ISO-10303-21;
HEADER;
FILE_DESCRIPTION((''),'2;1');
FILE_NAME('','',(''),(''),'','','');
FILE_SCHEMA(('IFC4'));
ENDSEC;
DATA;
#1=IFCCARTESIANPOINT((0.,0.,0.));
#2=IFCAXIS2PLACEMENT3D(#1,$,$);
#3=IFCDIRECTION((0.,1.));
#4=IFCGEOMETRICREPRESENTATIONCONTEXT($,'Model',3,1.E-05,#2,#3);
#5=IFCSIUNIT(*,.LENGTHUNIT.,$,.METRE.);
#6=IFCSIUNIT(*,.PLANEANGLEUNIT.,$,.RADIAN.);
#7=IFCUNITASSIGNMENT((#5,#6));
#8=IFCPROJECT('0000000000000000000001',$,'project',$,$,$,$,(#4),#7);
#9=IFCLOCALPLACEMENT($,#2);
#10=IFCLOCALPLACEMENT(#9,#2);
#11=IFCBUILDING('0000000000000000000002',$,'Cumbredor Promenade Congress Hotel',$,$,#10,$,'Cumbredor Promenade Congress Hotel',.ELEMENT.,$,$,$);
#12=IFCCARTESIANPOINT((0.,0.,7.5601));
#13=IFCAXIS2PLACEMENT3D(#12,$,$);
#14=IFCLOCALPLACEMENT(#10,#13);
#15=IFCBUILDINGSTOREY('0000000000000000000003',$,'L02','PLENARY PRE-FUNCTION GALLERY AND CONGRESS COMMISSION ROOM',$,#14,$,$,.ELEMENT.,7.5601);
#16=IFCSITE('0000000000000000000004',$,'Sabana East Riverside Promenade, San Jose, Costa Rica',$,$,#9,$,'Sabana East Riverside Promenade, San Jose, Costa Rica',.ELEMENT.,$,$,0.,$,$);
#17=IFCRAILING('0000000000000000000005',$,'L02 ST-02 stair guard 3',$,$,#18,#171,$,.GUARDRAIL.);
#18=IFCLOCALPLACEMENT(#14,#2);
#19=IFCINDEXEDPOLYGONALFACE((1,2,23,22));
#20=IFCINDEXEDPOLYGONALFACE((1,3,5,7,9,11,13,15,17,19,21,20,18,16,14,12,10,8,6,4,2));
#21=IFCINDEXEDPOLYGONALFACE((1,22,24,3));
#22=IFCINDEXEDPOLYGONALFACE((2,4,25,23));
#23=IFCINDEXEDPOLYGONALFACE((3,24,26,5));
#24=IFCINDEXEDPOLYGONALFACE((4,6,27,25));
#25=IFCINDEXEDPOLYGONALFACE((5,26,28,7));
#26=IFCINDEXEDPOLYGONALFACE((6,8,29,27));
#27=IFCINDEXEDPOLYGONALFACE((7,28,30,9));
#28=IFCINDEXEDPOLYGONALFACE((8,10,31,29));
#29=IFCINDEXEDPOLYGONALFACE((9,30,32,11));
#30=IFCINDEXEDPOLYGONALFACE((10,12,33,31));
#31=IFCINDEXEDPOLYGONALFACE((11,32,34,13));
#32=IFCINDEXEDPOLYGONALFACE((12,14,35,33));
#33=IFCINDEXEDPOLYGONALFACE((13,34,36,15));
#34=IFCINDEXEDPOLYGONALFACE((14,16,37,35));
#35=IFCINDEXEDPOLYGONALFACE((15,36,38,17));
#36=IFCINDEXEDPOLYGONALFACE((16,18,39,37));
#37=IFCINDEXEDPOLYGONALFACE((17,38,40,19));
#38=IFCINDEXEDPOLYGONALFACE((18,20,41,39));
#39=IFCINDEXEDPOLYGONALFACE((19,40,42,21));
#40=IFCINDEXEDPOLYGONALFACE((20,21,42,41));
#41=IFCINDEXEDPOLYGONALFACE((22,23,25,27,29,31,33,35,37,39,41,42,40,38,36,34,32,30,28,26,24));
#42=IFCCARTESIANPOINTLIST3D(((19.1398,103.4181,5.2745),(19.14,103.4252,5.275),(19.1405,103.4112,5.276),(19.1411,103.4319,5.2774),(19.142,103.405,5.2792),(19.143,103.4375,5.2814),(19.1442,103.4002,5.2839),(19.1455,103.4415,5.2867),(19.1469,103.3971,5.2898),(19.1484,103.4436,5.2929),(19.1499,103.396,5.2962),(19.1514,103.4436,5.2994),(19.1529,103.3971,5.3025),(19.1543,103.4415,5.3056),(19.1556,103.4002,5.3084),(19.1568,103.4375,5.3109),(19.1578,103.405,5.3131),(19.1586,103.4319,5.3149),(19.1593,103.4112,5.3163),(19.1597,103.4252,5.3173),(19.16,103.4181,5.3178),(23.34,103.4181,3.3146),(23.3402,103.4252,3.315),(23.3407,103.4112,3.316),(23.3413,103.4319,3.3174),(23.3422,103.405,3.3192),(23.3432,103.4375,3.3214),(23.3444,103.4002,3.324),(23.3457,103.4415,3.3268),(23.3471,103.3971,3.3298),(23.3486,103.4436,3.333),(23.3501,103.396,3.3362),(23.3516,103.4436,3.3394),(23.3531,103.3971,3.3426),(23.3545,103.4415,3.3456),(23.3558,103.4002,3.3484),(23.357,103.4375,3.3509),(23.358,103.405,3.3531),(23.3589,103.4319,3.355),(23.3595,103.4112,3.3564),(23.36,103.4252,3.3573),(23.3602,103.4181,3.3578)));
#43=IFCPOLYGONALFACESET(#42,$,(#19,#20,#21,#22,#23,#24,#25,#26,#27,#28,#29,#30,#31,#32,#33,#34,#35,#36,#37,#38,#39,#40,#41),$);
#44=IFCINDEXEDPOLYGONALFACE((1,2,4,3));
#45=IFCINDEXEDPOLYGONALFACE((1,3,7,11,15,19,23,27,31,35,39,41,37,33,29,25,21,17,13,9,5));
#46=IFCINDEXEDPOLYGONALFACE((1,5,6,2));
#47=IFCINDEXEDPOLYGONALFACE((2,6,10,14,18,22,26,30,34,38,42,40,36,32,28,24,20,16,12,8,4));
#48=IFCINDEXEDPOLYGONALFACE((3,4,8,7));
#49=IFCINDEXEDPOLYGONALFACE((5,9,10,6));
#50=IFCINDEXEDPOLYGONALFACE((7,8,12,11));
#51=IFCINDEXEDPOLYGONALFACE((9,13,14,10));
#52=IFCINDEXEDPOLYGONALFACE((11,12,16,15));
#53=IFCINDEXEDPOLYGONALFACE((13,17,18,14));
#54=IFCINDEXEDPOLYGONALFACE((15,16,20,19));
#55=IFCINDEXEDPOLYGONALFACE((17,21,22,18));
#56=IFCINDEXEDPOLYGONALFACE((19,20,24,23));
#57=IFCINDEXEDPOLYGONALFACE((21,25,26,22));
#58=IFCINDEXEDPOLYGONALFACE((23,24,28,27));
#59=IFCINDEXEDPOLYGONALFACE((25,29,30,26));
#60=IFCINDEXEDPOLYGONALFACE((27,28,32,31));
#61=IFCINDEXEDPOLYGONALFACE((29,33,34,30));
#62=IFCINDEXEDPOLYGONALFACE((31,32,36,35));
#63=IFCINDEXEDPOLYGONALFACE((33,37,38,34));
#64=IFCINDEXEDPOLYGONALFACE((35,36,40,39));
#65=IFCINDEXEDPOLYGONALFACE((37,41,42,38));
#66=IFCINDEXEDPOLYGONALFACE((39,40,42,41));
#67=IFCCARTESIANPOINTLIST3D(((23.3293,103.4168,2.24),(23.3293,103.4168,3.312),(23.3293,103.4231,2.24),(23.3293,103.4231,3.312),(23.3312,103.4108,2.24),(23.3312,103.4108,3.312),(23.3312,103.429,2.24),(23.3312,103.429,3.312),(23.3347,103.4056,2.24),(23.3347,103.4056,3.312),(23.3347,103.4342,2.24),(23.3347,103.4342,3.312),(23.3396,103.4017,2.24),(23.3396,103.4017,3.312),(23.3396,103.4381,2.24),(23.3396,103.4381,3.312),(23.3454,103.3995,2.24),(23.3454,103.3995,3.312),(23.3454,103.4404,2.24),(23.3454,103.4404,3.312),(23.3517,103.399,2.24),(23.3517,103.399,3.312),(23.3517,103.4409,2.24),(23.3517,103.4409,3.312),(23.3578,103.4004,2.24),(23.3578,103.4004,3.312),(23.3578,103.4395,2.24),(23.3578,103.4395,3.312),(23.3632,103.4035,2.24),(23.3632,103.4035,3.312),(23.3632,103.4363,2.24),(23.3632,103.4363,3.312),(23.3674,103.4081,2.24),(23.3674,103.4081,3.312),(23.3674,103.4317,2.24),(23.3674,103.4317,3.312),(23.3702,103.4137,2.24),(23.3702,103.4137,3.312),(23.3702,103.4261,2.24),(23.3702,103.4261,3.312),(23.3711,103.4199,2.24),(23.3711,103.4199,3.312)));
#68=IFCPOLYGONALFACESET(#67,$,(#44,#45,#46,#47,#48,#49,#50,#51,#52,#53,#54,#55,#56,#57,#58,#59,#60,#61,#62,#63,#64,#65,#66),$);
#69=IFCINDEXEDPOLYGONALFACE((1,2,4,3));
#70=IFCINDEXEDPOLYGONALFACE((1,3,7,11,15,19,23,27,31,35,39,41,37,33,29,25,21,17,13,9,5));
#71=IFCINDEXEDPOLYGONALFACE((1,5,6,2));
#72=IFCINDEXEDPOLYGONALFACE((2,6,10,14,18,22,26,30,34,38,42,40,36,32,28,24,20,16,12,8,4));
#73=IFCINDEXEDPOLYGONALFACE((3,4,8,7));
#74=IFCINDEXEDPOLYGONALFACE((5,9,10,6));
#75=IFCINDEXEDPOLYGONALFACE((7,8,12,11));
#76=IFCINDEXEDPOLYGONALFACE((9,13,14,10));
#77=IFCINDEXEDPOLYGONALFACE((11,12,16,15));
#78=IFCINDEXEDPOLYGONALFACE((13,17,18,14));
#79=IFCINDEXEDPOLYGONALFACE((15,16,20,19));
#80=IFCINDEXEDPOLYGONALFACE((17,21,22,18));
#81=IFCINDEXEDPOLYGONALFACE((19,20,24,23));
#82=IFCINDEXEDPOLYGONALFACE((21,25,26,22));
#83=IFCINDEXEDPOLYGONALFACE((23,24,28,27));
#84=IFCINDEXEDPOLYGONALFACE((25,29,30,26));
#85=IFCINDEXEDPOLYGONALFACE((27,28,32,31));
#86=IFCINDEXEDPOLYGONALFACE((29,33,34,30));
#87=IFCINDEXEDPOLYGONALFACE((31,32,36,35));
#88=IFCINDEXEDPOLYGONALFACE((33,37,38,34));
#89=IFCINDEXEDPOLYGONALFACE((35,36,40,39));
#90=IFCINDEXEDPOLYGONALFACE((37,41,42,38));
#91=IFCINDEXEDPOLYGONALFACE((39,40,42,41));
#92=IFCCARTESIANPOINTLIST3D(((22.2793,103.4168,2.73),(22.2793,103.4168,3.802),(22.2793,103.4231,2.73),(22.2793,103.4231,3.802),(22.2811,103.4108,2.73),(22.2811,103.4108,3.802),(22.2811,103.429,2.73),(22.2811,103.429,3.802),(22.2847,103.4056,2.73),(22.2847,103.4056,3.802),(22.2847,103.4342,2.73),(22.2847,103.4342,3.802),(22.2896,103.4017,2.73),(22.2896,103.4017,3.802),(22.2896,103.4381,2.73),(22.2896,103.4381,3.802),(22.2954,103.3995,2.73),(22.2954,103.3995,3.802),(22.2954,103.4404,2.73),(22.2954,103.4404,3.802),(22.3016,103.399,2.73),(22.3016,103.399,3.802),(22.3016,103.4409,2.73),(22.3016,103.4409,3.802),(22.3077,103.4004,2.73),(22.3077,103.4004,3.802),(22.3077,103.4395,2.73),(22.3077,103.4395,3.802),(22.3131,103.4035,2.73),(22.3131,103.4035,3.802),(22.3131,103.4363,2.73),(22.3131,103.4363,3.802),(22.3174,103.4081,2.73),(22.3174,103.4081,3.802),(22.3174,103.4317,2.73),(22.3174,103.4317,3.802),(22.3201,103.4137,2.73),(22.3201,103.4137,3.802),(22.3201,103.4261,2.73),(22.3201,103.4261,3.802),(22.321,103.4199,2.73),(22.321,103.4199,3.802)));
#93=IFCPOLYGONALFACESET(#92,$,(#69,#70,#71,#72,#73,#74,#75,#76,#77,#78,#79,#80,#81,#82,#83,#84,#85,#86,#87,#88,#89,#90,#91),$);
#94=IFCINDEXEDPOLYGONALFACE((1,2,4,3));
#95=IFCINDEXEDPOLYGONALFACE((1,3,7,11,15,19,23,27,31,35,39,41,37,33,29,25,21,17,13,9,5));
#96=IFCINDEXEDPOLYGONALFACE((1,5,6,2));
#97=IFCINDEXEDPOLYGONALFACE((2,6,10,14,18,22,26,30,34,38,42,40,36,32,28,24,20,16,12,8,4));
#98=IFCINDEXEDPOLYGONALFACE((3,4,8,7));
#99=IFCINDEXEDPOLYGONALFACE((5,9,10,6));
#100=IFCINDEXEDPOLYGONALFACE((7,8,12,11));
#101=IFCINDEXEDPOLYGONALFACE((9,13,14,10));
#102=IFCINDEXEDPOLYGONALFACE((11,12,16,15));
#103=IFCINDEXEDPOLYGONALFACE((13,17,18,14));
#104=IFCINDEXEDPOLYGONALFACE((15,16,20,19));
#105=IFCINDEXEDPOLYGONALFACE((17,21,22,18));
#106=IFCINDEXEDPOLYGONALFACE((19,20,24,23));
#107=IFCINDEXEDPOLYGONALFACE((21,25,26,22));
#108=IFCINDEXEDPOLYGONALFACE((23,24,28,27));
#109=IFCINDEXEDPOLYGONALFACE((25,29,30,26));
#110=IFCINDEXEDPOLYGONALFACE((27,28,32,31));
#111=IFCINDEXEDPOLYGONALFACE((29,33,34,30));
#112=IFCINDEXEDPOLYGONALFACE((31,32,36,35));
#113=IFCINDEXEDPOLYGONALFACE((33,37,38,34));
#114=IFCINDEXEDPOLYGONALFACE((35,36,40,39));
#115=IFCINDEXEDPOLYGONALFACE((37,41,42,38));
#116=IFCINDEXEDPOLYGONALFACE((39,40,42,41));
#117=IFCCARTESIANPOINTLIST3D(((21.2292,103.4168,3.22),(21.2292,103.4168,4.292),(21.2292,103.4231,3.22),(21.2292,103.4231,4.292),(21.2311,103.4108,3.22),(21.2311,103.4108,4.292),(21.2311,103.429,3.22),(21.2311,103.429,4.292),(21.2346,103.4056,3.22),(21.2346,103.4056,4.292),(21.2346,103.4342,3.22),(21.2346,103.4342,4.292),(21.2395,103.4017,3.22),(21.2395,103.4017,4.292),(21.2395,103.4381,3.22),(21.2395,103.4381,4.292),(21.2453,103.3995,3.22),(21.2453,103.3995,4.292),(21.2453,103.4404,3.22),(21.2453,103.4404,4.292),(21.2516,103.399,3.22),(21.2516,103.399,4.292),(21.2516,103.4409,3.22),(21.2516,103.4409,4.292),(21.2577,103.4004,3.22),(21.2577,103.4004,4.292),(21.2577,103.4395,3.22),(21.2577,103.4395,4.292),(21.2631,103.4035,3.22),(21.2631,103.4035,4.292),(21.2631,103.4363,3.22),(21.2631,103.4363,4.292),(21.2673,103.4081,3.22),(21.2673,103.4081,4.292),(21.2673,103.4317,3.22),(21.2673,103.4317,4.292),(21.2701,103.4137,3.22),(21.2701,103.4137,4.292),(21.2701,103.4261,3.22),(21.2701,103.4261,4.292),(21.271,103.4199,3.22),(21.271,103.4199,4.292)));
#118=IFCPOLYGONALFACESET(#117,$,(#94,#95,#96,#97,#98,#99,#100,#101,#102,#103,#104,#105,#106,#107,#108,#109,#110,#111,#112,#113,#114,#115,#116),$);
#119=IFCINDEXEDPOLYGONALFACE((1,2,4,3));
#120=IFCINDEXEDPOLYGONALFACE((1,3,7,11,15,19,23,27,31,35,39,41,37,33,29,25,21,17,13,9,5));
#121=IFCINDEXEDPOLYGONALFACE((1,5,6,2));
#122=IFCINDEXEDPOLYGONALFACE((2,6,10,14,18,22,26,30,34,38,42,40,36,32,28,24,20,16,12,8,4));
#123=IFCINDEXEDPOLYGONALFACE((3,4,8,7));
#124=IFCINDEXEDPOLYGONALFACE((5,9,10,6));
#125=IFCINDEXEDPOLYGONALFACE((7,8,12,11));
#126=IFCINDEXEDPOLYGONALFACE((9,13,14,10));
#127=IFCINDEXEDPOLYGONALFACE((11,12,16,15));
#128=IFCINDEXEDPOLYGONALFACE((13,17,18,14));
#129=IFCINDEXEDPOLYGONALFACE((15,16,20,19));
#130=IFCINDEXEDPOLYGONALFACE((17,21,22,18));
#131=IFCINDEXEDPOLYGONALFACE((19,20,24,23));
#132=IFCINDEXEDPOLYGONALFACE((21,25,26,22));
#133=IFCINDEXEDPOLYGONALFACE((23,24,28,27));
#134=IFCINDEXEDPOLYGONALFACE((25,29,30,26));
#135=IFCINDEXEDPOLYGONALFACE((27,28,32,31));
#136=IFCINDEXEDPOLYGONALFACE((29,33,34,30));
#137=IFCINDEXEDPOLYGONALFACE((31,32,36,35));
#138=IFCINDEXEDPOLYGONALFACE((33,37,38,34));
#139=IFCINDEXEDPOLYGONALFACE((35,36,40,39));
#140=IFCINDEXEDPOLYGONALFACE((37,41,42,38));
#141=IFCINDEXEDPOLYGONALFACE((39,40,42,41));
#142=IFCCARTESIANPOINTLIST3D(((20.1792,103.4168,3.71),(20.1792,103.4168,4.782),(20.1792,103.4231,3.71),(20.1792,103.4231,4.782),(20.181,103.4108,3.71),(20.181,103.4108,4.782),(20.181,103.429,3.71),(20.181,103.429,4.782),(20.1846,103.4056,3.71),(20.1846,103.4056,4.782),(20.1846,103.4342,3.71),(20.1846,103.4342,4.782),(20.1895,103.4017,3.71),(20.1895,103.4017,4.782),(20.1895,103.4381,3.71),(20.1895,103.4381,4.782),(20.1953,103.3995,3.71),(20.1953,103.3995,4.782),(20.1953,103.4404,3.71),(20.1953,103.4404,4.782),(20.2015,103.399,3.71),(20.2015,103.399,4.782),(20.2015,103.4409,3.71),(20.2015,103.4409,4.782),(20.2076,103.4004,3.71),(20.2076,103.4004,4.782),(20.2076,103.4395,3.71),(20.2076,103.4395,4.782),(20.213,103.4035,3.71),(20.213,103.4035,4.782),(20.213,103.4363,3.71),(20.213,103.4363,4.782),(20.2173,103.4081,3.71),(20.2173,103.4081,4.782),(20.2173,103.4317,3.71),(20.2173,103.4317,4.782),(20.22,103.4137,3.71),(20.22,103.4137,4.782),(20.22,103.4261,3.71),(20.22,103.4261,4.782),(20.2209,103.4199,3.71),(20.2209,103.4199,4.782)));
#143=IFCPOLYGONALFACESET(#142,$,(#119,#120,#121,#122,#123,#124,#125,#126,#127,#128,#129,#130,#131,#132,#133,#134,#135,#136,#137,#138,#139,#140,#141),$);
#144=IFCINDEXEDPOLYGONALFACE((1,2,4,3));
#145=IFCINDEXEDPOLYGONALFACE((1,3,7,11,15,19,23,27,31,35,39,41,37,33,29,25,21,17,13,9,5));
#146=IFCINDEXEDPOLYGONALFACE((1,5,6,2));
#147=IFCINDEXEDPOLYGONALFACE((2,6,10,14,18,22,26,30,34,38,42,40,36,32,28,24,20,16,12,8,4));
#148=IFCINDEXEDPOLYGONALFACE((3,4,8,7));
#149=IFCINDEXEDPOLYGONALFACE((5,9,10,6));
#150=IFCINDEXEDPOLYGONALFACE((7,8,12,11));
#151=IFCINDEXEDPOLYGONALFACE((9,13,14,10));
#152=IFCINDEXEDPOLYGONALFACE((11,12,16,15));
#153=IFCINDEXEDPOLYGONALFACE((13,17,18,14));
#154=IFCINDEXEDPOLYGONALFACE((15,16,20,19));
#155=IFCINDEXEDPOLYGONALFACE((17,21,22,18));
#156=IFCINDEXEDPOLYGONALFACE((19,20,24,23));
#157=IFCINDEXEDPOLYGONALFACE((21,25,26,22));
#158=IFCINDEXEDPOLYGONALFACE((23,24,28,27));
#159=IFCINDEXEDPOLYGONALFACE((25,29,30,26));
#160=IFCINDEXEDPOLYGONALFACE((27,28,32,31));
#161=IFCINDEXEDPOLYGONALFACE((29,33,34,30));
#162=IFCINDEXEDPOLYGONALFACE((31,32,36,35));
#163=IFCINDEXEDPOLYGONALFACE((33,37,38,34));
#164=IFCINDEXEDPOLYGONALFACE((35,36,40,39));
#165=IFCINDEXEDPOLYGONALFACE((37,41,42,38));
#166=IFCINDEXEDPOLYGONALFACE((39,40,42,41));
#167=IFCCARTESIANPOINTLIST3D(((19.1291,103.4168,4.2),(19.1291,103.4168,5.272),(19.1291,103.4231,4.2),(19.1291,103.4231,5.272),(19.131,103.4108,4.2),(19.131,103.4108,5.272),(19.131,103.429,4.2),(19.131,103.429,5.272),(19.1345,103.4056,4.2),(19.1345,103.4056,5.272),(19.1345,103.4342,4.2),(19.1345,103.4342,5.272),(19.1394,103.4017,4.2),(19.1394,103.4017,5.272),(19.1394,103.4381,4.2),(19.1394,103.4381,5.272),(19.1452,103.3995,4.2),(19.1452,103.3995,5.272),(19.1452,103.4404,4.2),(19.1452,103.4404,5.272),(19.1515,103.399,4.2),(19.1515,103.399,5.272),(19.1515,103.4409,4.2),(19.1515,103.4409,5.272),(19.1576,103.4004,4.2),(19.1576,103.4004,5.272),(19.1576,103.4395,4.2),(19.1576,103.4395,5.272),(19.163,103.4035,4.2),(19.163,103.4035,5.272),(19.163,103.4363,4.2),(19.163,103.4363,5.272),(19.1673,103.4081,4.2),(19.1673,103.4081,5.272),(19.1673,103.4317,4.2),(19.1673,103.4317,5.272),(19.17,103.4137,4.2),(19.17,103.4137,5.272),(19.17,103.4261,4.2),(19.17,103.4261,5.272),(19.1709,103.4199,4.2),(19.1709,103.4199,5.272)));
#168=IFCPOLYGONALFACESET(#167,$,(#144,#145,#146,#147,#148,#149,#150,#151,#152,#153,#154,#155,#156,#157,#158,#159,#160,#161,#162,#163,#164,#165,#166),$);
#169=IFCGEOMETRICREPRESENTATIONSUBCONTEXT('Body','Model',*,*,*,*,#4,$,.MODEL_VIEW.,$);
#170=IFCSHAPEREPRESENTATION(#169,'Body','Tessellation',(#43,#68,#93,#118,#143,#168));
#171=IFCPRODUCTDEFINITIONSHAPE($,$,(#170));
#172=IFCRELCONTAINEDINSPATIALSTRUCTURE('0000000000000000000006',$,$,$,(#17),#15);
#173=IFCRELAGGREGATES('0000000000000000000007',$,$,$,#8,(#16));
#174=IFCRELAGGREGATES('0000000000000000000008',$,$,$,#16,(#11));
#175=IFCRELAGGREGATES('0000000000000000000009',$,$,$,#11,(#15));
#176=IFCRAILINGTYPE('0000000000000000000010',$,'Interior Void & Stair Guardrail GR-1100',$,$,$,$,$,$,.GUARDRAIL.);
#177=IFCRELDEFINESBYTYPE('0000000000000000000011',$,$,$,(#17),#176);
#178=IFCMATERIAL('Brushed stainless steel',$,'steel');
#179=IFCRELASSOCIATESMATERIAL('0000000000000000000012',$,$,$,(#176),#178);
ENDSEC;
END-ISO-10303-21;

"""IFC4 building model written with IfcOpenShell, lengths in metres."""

from ifc_helpers import new_model, si_unit, direction, frame, origin, origin_2d, place, context, subcontext, project, spatial, circle, extrude, material, type_object, element, save


model = new_model("IFC4")

# Units and contexts
model_context = context("Model", 3, precision=1e-05, world=origin(), true_north=direction((0.0, 1.0)))
body_context = subcontext(model_context, "Body", "Model", "MODEL_VIEW")
ifc_project = project(units=[si_unit("LENGTHUNIT", "METRE"), si_unit("PLANEANGLEUNIT", "RADIAN")], contexts=[model_context])

# Site, building, storey
site_placement = place(None, origin())
site = spatial("IfcSite", under=ifc_project, at=site_placement, Name="Sabana East Riverside Promenade, San Jose, Costa Rica", LongName="Sabana East Riverside Promenade, San Jose, Costa Rica", CompositionType="ELEMENT", RefElevation=0.0)
building_placement = place(site_placement, origin())
building = spatial("IfcBuilding", under=site, at=building_placement, Name="Cumbredor Promenade Congress Hotel", LongName="Cumbredor Promenade Congress Hotel", CompositionType="ELEMENT")
storey_placement = place(building_placement, frame((0.0, 0.0, 7.5601)))
storey = spatial("IfcBuildingStorey", under=building, at=storey_placement, Name="L02", Description="PLENARY PRE-FUNCTION GALLERY AND CONGRESS COMMISSION ROOM", CompositionType="ELEMENT", Elevation=7.5601)

# Shared definitions
ifc_material_1 = material(Name="Brushed stainless steel", Category="steel")

# Railing
railing_type_1 = type_object("IfcRailingType", Name="Interior Void & Stair Guardrail GR-1100", PredefinedType="GUARDRAIL", material=ifc_material_1)
railing_1_placement = place(storey_placement, frame((23.3501, 103.4199, 2.24)))
element("IfcRailing", 1, at=railing_1_placement, inside=storey, type_object=railing_type_1, Name="L02 ST-02 stair guard 3", PredefinedType="GUARDRAIL", context=body_context, shape_type="SweptSolid", body=[
    extrude(circle(Radius=0.0239, at=origin_2d()), frame((0.0, 0.0, 1.0962), z_axis=(-0.906194, 0.0, 0.422862), x_axis=(0.0, -1.0, 0.0)), (0.0, 0.0, 1.0), 4.635),
    extrude(circle(Radius=0.021, at=origin_2d()), origin(), (0.0, 0.0, 1.0), 1.072),
    extrude(circle(Radius=0.021, at=origin_2d()), frame((-1.05, 0.0, 0.49)), (0.0, 0.0, 1.0), 1.072),
    extrude(circle(Radius=0.021, at=origin_2d()), frame((-2.1001, 0.0, 0.98)), (0.0, 0.0, 1.0), 1.072),
    extrude(circle(Radius=0.021, at=origin_2d()), frame((-3.1501, 0.0, 1.47)), (0.0, 0.0, 1.0), 1.072),
    extrude(circle(Radius=0.021, at=origin_2d()), frame((-4.2002, 0.0, 1.96)), (0.0, 0.0, 1.0), 1.072),
])

save(model, "model.ifc")
